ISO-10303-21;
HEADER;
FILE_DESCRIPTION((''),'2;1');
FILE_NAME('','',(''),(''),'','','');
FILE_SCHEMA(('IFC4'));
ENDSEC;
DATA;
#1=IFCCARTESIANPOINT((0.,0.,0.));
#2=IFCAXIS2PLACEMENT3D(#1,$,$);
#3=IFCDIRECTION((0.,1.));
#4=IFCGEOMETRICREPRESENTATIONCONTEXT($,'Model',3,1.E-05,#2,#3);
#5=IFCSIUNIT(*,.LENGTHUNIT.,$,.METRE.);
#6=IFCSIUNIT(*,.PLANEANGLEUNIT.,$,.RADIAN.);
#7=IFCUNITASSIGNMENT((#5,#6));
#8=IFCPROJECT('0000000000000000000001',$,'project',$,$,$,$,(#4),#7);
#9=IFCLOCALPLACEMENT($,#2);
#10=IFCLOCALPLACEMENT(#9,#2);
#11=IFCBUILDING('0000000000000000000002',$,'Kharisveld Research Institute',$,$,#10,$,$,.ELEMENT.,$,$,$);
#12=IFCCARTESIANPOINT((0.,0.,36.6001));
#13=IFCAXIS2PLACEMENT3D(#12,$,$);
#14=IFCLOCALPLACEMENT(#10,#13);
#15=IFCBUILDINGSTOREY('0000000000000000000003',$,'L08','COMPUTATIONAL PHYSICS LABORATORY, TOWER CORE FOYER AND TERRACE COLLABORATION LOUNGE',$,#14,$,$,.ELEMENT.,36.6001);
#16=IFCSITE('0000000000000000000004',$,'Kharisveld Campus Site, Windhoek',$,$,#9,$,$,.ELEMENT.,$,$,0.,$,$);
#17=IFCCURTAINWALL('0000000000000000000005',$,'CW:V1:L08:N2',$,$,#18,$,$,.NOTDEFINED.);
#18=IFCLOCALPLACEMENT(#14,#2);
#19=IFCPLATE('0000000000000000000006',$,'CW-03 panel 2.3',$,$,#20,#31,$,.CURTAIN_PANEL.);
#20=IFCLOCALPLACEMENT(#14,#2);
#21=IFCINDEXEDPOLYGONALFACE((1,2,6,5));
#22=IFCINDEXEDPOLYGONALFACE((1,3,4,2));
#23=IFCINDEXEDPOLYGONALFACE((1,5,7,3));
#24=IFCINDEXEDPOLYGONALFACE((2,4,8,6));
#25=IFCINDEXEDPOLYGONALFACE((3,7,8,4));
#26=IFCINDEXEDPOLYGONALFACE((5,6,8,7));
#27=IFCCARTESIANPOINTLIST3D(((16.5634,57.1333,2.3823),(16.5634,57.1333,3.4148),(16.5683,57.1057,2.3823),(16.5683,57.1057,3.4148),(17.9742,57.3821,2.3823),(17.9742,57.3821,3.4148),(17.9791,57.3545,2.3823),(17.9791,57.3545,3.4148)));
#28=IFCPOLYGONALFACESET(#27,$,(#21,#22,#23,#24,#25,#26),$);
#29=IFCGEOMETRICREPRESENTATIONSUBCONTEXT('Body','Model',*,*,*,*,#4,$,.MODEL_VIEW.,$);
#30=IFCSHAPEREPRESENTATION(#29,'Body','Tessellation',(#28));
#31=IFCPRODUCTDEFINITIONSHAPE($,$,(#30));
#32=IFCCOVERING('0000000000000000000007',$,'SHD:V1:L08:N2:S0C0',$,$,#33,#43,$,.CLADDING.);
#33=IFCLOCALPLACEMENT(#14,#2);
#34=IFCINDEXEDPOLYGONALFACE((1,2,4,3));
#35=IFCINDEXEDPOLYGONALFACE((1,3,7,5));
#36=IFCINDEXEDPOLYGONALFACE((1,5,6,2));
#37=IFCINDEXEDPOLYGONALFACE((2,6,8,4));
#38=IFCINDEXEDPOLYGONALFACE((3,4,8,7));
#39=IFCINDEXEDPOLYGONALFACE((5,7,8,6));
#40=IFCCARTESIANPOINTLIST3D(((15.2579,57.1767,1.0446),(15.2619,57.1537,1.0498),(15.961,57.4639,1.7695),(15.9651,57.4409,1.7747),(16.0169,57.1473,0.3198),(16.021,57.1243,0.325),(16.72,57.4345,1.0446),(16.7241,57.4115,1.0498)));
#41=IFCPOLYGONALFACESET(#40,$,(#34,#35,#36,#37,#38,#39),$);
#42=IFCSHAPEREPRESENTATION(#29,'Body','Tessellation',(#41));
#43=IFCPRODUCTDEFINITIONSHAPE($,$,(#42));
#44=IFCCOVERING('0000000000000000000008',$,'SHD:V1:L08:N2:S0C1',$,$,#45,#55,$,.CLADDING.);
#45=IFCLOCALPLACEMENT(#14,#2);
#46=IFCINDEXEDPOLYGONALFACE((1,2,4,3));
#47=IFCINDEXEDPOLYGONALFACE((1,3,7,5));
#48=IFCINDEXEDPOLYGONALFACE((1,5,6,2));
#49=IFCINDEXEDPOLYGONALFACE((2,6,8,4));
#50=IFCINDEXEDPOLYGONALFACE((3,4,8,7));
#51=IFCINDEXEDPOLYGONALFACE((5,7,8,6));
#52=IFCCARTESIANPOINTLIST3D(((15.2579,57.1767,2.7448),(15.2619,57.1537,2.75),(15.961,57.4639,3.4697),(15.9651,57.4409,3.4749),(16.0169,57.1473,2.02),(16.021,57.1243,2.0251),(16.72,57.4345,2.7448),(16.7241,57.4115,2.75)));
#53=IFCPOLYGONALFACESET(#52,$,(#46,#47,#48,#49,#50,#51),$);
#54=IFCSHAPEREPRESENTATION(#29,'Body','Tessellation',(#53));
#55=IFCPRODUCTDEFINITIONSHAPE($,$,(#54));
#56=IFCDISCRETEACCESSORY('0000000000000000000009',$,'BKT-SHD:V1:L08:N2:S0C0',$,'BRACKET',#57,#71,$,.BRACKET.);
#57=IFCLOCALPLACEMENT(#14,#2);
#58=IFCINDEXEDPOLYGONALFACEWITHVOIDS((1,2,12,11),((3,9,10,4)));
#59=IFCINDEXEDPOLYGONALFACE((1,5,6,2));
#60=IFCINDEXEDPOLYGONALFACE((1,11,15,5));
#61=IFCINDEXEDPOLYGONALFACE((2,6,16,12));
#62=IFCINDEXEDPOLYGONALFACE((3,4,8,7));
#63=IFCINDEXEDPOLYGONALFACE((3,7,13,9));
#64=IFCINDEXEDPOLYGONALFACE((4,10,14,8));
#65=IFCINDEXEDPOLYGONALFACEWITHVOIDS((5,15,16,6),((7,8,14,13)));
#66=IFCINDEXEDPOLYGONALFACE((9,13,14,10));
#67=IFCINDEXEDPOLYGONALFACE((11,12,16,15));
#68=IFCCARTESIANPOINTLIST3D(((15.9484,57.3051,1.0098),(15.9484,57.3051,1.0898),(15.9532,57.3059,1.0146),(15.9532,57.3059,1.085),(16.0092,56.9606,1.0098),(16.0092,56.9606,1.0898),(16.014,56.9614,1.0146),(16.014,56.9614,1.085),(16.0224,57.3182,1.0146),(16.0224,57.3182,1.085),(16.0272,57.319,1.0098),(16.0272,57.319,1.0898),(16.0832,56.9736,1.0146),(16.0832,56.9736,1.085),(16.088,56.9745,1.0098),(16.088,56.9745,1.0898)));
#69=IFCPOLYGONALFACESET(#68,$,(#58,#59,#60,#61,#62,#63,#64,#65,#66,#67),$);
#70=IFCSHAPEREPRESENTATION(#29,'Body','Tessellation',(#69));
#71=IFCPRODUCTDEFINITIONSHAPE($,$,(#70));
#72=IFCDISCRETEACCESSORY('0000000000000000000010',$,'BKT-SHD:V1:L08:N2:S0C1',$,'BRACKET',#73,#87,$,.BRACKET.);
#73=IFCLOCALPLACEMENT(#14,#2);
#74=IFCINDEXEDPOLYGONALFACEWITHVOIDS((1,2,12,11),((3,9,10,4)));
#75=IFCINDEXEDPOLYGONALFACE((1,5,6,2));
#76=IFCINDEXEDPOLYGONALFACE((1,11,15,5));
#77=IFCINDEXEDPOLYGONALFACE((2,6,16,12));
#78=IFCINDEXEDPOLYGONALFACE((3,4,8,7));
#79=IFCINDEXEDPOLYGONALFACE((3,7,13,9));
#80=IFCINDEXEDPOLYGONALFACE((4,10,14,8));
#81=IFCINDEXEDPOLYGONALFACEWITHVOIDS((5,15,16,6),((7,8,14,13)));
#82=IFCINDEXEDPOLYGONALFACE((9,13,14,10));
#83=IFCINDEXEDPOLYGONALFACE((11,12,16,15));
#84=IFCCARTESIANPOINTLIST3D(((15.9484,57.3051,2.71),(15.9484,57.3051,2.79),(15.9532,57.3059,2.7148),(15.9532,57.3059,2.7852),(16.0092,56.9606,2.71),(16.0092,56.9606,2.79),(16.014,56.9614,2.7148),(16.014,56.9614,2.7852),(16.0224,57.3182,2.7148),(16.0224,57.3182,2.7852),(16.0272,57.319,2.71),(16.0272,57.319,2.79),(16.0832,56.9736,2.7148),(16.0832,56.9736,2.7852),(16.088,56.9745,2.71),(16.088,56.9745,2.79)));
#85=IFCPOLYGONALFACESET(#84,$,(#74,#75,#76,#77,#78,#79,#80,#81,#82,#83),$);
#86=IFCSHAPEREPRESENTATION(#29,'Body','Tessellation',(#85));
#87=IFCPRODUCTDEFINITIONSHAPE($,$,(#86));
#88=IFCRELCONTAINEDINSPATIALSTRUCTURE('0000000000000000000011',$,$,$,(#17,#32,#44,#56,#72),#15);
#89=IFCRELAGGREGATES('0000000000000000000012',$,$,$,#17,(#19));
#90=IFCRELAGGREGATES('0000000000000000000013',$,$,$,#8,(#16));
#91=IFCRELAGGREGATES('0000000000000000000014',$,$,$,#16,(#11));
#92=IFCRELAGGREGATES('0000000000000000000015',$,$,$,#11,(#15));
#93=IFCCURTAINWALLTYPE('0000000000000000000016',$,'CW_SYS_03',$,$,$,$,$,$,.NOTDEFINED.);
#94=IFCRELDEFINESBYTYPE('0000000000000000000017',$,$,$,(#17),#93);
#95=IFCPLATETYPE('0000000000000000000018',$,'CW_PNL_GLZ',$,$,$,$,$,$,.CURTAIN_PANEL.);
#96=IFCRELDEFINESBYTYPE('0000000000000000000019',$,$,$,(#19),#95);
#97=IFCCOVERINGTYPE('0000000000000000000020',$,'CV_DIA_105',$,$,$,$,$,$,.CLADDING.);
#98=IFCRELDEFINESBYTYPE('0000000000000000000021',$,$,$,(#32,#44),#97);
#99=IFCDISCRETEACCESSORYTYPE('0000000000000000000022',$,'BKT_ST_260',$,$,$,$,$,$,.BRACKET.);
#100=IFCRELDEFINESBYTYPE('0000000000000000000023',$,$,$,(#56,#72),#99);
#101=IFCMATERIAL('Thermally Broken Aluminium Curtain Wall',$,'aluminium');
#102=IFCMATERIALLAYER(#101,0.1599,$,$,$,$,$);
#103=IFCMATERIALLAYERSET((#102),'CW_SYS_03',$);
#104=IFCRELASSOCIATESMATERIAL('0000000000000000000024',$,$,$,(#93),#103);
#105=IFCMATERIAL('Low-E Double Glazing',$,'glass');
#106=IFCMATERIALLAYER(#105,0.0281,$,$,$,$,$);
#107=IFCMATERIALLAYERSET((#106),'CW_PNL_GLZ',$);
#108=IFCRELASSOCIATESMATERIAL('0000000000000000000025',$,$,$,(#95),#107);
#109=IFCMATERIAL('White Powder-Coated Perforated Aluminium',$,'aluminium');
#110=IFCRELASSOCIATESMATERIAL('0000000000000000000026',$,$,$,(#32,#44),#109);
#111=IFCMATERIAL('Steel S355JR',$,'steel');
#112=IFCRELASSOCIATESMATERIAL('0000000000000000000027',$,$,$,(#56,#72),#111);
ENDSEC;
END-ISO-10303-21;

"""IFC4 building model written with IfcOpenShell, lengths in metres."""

from ifc_helpers import new_model, si_unit, direction, frame, origin, origin_2d, place, context, subcontext, project, spatial, polyline, rectangle, hollow_rectangle, outline, extrude, material, layer, layer_set, type_object, element, aggregate, save


model = new_model("IFC4")

# Units and contexts
model_context = context("Model", 3, precision=1e-05, world=origin(), true_north=direction((0.0, 1.0)))
body_context = subcontext(model_context, "Body", "Model", "MODEL_VIEW")
ifc_project = project(units=[si_unit("LENGTHUNIT", "METRE"), si_unit("PLANEANGLEUNIT", "RADIAN")], contexts=[model_context])

# Site, building, storey
site_placement = place(None, origin())
site = spatial("IfcSite", under=ifc_project, at=site_placement, Name="Kharisveld Campus Site, Windhoek", CompositionType="ELEMENT", RefElevation=0.0)
building_placement = place(site_placement, origin())
building = spatial("IfcBuilding", under=site, at=building_placement, Name="Kharisveld Research Institute", CompositionType="ELEMENT")
storey_placement = place(building_placement, frame((0.0, 0.0, 36.6001)))
storey = spatial("IfcBuildingStorey", under=building, at=storey_placement, Name="L08", Description="COMPUTATIONAL PHYSICS LABORATORY, TOWER CORE FOYER AND TERRACE COLLABORATION LOUNGE", CompositionType="ELEMENT", Elevation=36.6001)

# Curtain wall
ifc_material_1 = material(Name="Thermally Broken Aluminium Curtain Wall", Category="aluminium")
ifc_layer_1 = layer(ifc_material_1, 0.1599)
ifc_layer_set_1 = layer_set([ifc_layer_1], Name="CW_SYS_03")
curtain_wall_type_1 = type_object("IfcCurtainWallType", Name="CW_SYS_03", PredefinedType="NOTDEFINED", material=ifc_layer_set_1)
curtain_wall_1_placement = place(storey_placement, origin())
curtain_wall_1 = element("IfcCurtainWall", 1, at=curtain_wall_1_placement, inside=storey, type_object=curtain_wall_type_1, Name="CW:V1:L08:N2", PredefinedType="NOTDEFINED")

# Plate
ifc_material_2 = material(Name="Low-E Double Glazing", Category="glass")
ifc_layer_2 = layer(ifc_material_2, 0.0281)
ifc_layer_set_2 = layer_set([ifc_layer_2], Name="CW_PNL_GLZ")
plate_type = type_object("IfcPlateType", Name="CW_PNL_GLZ", PredefinedType="CURTAIN_PANEL", material=ifc_layer_set_2)
plate_1_placement = place(storey_placement, frame((17.2712, 57.2439, 2.3823), z_axis=(0.0, 0.0, 1.0), x_axis=(0.984808, 0.173648, 0.0)))
plate_1 = element("IfcPlate", 2, at=plate_1_placement, type_object=plate_type, Name="CW-03 panel 2.3", PredefinedType="CURTAIN_PANEL", context=body_context, shape_type="SweptSolid", body=[
    extrude(rectangle(XDim=1.4326, YDim=0.0281, at=origin_2d()), origin(), (0.0, 0.0, 1.0), 1.0325),
])
aggregate(curtain_wall_1, [plate_1])

# Coverings
ifc_material_3 = material(Name="White Powder-Coated Perforated Aluminium", Category="aluminium")
covering_type = type_object("IfcCoveringType", Name="CV_DIA_105", PredefinedType="CLADDING")
for number, where, z_axis, x_axis, name in (
    (3, (16.021, 57.1243, 0.325), (0.169525, -0.961443, 0.21654), (0.669706, 0.273579, 0.690397), "SHD:V1:L08:N2:S0C0"),
    (4, (16.021, 57.1243, 2.0251), (0.169525, -0.961443, 0.21654), (0.669706, 0.273579, 0.690397), "SHD:V1:L08:N2:S0C1"),
):
    element("IfcCovering", number, at=place(storey_placement, frame(where, z_axis=z_axis, x_axis=x_axis)), inside=storey, type_object=covering_type, material=ifc_material_3, Name=name, PredefinedType="CLADDING", context=body_context, shape_type="SweptSolid", body=[
        extrude(outline(polyline([(0.0, 0.0), (1.0499, 0.0), (1.0501, 1.05), (0.0001, 1.05), (0.0, 0.0)])), origin(), (0.0, 0.0, -1.0), 0.0239),
    ])

# Discrete accessories
ifc_material_4 = material(Name="Steel S355JR", Category="steel")
discrete_accessory_type = type_object("IfcDiscreteAccessoryType", Name="BKT_ST_260", PredefinedType="BRACKET")
for number, where, z_axis, x_axis, name in (
    (5, (16.0486, 56.9675, 1.0498), (-0.173785, 0.984784, 0.0), (-0.984784, -0.173785, 0.0), "BKT-SHD:V1:L08:N2:S0C0"),
    (6, (16.0486, 56.9675, 2.75), (-0.173785, 0.984784, 0.0), (-0.984784, -0.173785, 0.0), "BKT-SHD:V1:L08:N2:S0C1"),
):
    element("IfcDiscreteAccessory", number, at=place(storey_placement, frame(where, z_axis=z_axis, x_axis=x_axis)), inside=storey, type_object=discrete_accessory_type, material=ifc_material_4, Name=name, ObjectType="BRACKET", PredefinedType="BRACKET", context=body_context, shape_type="SweptSolid", body=[
        extrude(hollow_rectangle(XDim=0.0801, YDim=0.0801, WallThickness=0.0049, at=origin_2d()), origin(), (0.0, 0.0, 1.0), 0.3499),
    ])

save(model, "model.ifc")
